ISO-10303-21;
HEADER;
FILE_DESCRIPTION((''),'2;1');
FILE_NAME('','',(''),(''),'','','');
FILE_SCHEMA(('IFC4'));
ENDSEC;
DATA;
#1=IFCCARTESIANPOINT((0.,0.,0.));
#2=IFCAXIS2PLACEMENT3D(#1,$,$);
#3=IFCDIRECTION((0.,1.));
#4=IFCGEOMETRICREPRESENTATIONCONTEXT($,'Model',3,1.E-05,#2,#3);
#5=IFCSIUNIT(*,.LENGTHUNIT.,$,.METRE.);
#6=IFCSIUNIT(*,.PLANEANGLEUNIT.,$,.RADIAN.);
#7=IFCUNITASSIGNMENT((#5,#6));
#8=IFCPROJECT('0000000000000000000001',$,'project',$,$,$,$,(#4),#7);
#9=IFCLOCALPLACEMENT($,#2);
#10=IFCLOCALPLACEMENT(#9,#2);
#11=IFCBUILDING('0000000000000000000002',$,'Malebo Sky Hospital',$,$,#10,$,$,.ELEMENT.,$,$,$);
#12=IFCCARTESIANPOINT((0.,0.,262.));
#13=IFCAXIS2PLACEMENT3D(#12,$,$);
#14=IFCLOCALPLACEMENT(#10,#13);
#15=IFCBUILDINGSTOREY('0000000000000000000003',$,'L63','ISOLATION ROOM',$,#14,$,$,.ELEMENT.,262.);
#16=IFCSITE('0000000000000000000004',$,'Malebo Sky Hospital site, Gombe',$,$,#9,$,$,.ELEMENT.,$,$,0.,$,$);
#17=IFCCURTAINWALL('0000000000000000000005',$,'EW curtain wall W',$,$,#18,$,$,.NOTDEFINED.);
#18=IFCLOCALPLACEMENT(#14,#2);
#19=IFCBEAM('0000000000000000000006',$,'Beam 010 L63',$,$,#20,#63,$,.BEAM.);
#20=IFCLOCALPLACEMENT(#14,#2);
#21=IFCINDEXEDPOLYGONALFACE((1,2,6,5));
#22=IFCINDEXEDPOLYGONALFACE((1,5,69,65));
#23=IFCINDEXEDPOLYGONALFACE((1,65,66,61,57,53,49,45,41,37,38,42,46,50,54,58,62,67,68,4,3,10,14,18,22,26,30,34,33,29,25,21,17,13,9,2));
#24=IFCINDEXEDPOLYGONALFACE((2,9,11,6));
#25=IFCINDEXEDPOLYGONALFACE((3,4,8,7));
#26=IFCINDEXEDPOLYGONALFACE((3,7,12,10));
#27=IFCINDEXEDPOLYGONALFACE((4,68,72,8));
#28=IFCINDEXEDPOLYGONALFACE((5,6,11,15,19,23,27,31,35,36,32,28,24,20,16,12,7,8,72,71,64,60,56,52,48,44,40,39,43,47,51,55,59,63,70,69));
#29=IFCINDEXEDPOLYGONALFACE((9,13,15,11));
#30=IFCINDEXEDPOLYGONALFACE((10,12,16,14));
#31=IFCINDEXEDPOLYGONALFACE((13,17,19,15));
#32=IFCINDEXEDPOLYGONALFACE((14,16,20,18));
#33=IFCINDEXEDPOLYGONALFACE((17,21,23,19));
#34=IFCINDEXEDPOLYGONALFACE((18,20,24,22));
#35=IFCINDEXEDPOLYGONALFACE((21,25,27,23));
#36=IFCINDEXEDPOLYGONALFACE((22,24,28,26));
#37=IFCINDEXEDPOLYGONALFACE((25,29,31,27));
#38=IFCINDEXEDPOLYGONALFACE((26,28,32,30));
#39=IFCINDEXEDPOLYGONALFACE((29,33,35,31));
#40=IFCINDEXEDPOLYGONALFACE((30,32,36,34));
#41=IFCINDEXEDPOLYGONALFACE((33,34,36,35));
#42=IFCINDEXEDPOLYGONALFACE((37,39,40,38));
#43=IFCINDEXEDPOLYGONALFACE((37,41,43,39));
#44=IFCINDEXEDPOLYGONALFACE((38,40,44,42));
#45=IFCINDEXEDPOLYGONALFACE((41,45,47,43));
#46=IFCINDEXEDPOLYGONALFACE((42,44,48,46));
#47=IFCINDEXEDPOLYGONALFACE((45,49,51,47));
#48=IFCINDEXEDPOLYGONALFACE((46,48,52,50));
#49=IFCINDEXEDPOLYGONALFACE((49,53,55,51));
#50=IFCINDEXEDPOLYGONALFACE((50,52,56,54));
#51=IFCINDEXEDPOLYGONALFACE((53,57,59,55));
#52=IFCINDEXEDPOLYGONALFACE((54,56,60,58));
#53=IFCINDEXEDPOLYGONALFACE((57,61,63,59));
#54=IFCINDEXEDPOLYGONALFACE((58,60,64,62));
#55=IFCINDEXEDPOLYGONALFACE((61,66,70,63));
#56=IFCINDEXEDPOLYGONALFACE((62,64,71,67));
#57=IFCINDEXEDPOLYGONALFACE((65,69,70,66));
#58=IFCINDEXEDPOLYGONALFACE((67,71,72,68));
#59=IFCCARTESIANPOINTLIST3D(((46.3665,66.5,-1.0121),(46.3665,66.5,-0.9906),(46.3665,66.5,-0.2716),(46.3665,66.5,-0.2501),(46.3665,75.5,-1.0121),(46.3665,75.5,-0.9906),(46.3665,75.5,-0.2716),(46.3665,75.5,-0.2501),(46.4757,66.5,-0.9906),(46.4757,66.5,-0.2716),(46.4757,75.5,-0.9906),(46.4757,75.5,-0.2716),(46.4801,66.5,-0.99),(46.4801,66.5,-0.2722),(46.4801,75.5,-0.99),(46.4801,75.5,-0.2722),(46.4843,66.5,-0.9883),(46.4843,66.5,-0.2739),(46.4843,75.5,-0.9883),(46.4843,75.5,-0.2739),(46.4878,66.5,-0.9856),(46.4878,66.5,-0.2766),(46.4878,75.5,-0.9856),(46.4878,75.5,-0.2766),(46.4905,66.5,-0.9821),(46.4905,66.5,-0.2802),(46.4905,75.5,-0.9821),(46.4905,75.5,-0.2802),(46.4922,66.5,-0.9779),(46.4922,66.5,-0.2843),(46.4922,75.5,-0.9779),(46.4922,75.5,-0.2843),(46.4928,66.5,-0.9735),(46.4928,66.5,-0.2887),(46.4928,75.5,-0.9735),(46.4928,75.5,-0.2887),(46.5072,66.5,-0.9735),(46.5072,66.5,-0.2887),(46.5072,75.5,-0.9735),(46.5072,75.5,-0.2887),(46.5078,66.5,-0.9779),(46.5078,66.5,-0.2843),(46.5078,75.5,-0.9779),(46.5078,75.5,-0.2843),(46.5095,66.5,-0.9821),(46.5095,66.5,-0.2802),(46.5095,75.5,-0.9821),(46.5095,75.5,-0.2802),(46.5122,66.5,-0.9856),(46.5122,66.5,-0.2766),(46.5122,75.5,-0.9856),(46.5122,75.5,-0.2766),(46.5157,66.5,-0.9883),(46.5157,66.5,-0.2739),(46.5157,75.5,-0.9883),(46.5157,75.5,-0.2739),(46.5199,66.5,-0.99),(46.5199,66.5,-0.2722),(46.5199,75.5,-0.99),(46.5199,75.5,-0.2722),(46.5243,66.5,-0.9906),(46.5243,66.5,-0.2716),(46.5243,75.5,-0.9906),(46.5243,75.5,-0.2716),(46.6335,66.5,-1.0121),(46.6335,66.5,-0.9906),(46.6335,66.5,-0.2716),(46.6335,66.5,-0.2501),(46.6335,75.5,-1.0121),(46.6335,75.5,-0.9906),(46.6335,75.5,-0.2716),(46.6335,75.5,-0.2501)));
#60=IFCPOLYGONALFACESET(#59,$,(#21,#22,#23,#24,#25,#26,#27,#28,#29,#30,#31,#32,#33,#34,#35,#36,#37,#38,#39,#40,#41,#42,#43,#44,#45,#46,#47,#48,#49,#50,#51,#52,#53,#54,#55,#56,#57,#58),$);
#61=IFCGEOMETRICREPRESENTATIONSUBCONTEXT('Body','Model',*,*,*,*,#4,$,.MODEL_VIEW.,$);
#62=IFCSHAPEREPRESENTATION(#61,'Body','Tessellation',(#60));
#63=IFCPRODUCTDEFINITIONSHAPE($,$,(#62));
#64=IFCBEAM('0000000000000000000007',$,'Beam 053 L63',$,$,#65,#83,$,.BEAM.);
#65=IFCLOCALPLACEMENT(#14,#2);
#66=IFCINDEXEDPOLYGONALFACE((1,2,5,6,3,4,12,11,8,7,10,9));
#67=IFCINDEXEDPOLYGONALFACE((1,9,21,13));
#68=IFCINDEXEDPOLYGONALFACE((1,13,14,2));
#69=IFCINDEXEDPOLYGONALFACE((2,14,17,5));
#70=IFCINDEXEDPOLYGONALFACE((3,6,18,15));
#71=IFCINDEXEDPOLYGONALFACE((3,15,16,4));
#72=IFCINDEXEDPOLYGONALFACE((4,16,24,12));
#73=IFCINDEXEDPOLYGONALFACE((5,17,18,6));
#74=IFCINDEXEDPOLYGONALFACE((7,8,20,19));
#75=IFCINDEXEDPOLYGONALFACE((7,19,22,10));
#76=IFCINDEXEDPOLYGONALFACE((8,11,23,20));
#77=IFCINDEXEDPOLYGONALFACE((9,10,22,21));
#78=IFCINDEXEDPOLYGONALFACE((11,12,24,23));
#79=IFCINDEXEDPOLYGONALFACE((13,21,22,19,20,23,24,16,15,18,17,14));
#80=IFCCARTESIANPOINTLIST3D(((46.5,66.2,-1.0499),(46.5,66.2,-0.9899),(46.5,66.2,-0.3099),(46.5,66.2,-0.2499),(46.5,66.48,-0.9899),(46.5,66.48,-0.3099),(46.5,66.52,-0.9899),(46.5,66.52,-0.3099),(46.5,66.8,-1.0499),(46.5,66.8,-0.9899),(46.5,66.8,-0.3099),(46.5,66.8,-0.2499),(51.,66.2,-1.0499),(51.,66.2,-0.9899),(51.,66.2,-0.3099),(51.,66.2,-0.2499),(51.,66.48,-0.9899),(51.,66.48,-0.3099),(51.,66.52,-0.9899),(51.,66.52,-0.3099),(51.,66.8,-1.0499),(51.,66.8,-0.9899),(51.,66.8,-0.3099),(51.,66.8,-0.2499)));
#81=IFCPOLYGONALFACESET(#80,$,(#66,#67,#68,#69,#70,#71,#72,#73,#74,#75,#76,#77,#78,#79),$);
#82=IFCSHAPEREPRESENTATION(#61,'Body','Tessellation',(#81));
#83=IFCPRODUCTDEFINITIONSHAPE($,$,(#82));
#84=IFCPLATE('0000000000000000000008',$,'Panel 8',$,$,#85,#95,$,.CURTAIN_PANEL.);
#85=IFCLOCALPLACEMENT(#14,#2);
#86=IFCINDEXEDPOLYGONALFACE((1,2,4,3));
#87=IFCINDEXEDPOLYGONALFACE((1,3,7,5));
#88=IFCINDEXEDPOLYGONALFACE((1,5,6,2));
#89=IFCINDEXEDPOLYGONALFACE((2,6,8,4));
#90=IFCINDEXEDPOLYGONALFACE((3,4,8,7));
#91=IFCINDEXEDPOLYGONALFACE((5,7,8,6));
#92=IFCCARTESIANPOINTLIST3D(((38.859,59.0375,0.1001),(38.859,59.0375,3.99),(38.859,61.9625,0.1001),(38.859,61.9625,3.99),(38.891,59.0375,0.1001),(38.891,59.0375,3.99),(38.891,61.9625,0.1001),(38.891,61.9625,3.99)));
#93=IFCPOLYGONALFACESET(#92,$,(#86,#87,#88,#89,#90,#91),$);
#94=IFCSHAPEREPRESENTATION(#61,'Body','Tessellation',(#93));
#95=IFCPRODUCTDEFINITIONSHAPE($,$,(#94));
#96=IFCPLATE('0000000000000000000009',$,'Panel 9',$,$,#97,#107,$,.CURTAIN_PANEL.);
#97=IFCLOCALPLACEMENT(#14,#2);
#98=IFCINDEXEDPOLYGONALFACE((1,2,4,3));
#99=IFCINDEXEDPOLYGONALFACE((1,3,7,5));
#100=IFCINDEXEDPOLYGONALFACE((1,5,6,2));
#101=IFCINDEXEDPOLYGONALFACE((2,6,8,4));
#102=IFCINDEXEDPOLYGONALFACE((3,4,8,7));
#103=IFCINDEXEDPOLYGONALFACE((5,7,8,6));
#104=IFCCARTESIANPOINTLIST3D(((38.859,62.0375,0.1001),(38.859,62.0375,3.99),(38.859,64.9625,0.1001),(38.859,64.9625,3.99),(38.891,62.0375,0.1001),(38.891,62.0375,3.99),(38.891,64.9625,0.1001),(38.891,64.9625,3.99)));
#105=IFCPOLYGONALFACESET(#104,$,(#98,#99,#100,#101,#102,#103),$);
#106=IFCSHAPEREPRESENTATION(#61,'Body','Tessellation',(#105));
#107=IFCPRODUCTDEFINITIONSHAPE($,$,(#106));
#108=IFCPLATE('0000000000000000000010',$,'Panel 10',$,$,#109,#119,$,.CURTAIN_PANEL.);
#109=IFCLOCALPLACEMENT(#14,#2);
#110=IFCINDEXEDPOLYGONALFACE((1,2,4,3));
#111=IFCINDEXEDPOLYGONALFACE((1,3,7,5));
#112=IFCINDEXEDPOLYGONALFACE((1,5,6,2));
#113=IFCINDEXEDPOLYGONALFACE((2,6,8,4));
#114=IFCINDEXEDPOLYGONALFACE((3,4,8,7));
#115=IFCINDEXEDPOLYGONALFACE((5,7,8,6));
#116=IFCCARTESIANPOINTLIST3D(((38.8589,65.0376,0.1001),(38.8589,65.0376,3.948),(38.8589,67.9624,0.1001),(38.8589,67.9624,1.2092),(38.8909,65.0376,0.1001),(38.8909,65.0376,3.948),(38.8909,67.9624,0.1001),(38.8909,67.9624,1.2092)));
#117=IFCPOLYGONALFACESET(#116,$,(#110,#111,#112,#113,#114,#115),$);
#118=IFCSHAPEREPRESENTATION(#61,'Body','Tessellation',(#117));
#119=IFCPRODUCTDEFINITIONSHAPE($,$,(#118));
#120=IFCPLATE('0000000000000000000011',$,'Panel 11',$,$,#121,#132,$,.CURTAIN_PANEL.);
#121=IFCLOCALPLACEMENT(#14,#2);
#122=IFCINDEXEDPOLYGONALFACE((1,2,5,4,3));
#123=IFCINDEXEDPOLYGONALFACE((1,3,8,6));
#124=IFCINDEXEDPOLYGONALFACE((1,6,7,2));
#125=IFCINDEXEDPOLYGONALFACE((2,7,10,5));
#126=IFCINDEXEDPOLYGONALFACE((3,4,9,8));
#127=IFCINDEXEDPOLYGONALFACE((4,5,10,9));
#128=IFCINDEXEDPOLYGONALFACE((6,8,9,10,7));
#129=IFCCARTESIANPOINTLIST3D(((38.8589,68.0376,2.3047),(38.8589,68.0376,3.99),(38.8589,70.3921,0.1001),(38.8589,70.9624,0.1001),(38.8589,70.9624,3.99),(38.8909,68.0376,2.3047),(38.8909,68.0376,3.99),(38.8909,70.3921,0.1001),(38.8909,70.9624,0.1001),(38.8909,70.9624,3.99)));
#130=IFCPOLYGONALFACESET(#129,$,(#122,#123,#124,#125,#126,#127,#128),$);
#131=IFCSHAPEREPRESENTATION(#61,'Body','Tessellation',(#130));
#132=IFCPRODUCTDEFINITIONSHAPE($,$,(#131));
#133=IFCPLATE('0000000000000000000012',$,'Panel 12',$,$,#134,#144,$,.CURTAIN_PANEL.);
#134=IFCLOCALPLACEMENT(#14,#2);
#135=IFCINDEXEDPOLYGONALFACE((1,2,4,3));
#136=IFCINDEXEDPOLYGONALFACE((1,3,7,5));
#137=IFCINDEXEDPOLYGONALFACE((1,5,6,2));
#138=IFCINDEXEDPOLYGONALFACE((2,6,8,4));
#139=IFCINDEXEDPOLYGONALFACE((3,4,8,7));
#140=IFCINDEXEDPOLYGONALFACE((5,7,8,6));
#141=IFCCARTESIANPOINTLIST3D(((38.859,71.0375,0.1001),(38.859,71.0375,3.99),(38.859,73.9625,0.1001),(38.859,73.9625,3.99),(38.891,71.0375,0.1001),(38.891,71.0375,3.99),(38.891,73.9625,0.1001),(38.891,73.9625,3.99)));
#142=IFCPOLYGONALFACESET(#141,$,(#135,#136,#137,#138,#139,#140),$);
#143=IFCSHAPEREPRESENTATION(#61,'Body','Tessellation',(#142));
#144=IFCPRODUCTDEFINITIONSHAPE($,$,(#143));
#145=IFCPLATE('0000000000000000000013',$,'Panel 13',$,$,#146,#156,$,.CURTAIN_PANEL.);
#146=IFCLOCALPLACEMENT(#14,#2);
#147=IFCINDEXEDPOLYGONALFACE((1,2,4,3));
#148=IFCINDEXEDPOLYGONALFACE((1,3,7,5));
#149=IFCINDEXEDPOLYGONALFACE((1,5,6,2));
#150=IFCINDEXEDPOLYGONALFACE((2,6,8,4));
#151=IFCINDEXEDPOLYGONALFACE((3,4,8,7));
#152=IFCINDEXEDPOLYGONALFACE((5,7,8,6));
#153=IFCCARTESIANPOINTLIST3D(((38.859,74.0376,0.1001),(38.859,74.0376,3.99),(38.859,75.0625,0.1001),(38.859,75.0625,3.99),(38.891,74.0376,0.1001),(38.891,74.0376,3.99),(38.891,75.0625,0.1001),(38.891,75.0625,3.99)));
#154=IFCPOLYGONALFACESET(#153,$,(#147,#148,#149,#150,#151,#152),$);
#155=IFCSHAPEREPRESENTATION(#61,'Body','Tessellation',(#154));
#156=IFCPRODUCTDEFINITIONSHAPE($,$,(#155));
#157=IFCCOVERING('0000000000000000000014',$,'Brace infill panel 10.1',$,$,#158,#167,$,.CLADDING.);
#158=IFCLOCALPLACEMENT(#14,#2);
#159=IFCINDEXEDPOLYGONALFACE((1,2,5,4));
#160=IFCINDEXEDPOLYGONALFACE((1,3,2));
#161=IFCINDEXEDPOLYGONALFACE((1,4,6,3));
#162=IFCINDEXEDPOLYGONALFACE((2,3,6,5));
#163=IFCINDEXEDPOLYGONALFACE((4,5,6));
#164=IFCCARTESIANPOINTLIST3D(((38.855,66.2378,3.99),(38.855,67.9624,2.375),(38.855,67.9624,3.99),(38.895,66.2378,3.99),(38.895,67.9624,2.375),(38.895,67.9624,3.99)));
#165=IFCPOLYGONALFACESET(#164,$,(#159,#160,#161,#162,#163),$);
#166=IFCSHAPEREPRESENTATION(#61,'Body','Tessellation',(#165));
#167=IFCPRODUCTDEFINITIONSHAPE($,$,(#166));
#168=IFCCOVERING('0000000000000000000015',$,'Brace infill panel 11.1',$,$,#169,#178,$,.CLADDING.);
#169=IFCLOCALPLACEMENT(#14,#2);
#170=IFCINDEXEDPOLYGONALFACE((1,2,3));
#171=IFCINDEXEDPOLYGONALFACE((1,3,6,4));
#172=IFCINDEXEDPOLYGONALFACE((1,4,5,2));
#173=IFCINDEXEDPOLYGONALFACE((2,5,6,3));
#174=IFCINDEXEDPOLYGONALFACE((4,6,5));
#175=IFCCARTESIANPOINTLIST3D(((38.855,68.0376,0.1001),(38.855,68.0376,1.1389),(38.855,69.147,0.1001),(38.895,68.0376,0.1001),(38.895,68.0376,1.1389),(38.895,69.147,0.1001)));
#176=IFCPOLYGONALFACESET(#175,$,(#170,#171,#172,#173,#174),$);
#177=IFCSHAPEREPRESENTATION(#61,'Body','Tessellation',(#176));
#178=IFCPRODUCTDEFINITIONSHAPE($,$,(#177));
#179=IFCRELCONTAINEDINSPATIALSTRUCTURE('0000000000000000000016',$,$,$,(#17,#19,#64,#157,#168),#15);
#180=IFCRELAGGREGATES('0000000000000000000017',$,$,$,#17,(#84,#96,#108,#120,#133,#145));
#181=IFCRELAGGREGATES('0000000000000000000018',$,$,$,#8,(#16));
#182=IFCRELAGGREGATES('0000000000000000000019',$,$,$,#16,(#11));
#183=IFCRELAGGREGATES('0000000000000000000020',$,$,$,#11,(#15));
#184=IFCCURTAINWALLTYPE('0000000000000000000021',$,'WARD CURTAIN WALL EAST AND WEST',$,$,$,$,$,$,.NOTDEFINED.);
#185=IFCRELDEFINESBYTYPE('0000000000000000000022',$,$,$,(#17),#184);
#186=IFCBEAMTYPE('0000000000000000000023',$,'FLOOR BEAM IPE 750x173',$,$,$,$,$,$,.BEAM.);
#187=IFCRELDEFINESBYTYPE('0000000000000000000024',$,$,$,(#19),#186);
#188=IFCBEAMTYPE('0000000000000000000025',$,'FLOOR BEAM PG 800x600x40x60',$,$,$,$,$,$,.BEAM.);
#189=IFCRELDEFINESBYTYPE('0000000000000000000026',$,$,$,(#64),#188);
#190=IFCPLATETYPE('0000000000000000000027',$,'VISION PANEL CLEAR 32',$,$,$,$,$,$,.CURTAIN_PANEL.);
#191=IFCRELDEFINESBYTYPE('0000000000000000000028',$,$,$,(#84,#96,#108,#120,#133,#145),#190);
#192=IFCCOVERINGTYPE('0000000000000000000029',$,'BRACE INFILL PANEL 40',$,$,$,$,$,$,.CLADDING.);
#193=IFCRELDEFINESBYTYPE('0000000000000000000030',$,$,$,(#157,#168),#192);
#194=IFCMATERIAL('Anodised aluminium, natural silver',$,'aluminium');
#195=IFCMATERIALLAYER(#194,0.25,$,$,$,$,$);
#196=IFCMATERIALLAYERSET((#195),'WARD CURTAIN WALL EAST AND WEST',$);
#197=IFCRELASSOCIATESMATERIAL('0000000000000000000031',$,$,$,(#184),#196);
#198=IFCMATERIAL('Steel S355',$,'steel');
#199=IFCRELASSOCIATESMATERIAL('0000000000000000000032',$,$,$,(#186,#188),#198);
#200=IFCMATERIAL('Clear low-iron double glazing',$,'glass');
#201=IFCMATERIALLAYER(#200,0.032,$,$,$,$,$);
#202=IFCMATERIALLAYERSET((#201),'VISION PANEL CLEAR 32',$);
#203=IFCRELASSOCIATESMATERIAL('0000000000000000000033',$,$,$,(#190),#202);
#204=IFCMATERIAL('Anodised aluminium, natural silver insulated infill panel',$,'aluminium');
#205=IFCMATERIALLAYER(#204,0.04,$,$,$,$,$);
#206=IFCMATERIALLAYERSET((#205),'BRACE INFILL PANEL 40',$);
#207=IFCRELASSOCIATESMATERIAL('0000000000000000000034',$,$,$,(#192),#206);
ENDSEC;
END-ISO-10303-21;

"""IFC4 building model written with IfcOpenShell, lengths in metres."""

from ifc_helpers import new_model, si_unit, direction, frame, origin, origin_2d, place, context, subcontext, project, spatial, polyline, rectangle, i_section, outline, extrude, material, layer, layer_set, material_profile, profile_set, type_object, element, aggregate, save


model = new_model("IFC4")

# Units and contexts
model_context = context("Model", 3, precision=1e-05, world=origin(), true_north=direction((0.0, 1.0)))
body_context = subcontext(model_context, "Body", "Model", "MODEL_VIEW")
ifc_project = project(units=[si_unit("LENGTHUNIT", "METRE"), si_unit("PLANEANGLEUNIT", "RADIAN")], contexts=[model_context])

# Site, building, storey
site_placement = place(None, origin())
site = spatial("IfcSite", under=ifc_project, at=site_placement, Name="Malebo Sky Hospital site, Gombe", CompositionType="ELEMENT", RefElevation=0.0)
building_placement = place(site_placement, origin())
building = spatial("IfcBuilding", under=site, at=building_placement, Name="Malebo Sky Hospital", CompositionType="ELEMENT")
storey_placement = place(building_placement, frame((0.0, 0.0, 262.0)))
storey = spatial("IfcBuildingStorey", under=building, at=storey_placement, Name="L63", Description="ISOLATION ROOM", CompositionType="ELEMENT", Elevation=262.0)

# Curtain wall
ifc_material_1 = material(Name="Anodised aluminium, natural silver", Category="aluminium")
ifc_layer_1 = layer(ifc_material_1, 0.25)
ifc_layer_set_1 = layer_set([ifc_layer_1], Name="WARD CURTAIN WALL EAST AND WEST")
curtain_wall_type = type_object("IfcCurtainWallType", Name="WARD CURTAIN WALL EAST AND WEST", PredefinedType="NOTDEFINED", material=ifc_layer_set_1)
curtain_wall_placement = place(storey_placement, origin())
curtain_wall = element("IfcCurtainWall", 1, at=curtain_wall_placement, inside=storey, type_object=curtain_wall_type, Name="EW curtain wall W", PredefinedType="NOTDEFINED")

# Shared definitions
ifc_material_2 = material(Name="Steel S355", Category="steel")

# Beams
ifc_material_profile_1 = material_profile(ifc_material_2, i_section(OverallWidth=0.2671, OverallDepth=0.762, WebThickness=0.0144, FlangeThickness=0.0215, FilletRadius=0.0171, at=origin_2d()), Name="IPE 750x173")
ifc_profile_set_1 = profile_set([ifc_material_profile_1], Name="Steel S355")
beam_type_1 = type_object("IfcBeamType", Name="FLOOR BEAM IPE 750x173", PredefinedType="BEAM", material=ifc_profile_set_1)
beam_1_placement = place(storey_placement, frame((46.5, 66.5, -0.6311), z_axis=(0.0, 1.0, 0.0), x_axis=(-1.0, 0.0, 0.0)))
element("IfcBeam", 2, at=beam_1_placement, inside=storey, type_object=beam_type_1, Name="Beam 010 L63", PredefinedType="BEAM", context=body_context, shape_type="SweptSolid", body=[
    extrude(i_section(OverallWidth=0.2671, OverallDepth=0.762, WebThickness=0.0144, FlangeThickness=0.0215, FilletRadius=0.0171, at=origin_2d()), origin(), (0.0, 0.0, 1.0), 9.0),
])
ifc_material_profile_2 = material_profile(ifc_material_2, i_section(OverallWidth=0.6001, OverallDepth=0.8, WebThickness=0.04, FlangeThickness=0.0601, at=origin_2d()), Name="PG 800x600x40x60")
ifc_profile_set_2 = profile_set([ifc_material_profile_2], Name="Steel S355")
beam_type_2 = type_object("IfcBeamType", Name="FLOOR BEAM PG 800x600x40x60", PredefinedType="BEAM", material=ifc_profile_set_2)
beam_2_placement = place(storey_placement, frame((46.5, 66.5, -0.6499), z_axis=(1.0, 0.0, 0.0), x_axis=(0.0, 1.0, 0.0)))
element("IfcBeam", 3, at=beam_2_placement, inside=storey, type_object=beam_type_2, Name="Beam 053 L63", PredefinedType="BEAM", context=body_context, shape_type="SweptSolid", body=[
    extrude(i_section(OverallWidth=0.6001, OverallDepth=0.8, WebThickness=0.04, FlangeThickness=0.0601, at=origin_2d()), origin(), (0.0, 0.0, 1.0), 4.5),
])

# Plates
ifc_material_3 = material(Name="Clear low-iron double glazing", Category="glass")
ifc_layer_2 = layer(ifc_material_3, 0.032)
ifc_layer_set_2 = layer_set([ifc_layer_2], Name="VISION PANEL CLEAR 32")
plate_type = type_object("IfcPlateType", Name="VISION PANEL CLEAR 32", PredefinedType="CURTAIN_PANEL", material=ifc_layer_set_2)
plate_1_placement = place(storey_placement, frame((38.875, 60.5, 0.1001), z_axis=(0.0, 0.0, 1.0), x_axis=(0.0, 1.0, 0.0)))
plate_1 = element("IfcPlate", 4, at=plate_1_placement, type_object=plate_type, Name="Panel 8", PredefinedType="CURTAIN_PANEL", context=body_context, shape_type="SweptSolid", body=[
    extrude(rectangle(XDim=2.925, YDim=0.032, at=origin_2d()), origin(), (0.0, 0.0, 1.0), 3.8899),
])
plate_2_placement = place(storey_placement, frame((38.875, 63.5, 0.1001), z_axis=(0.0, 0.0, 1.0), x_axis=(0.0, 1.0, 0.0)))
plate_2 = element("IfcPlate", 5, at=plate_2_placement, type_object=plate_type, Name="Panel 9", PredefinedType="CURTAIN_PANEL", context=body_context, shape_type="SweptSolid", body=[
    extrude(rectangle(XDim=2.925, YDim=0.032, at=origin_2d()), origin(), (0.0, 0.0, 1.0), 3.8899),
])
plate_3_placement = place(storey_placement, frame((38.875, 66.5, 0.1001), z_axis=(0.0, 0.0, 1.0), x_axis=(0.0, 1.0, 0.0)))
plate_3 = element("IfcPlate", 6, at=plate_3_placement, type_object=plate_type, Name="Panel 10", PredefinedType="CURTAIN_PANEL", context=body_context, shape_type="SweptSolid", body=[
    extrude(outline(polyline([(-1.4624, 0.0), (1.4624, 0.0), (1.4624, 1.1091), (-1.4624, 3.8479), (-1.4624, 0.0)])), frame((0.0, 0.0161, 0.0), z_axis=(0.0, -1.0, 0.0), x_axis=(1.0, 0.0, 0.0)), (0.0, 0.0, 1.0), 0.032),
])
plate_4_placement = place(storey_placement, frame((38.875, 69.5, 0.1001), z_axis=(0.0, 0.0, 1.0), x_axis=(0.0, 1.0, 0.0)))
plate_4 = element("IfcPlate", 7, at=plate_4_placement, type_object=plate_type, Name="Panel 11", PredefinedType="CURTAIN_PANEL", context=body_context, shape_type="SweptSolid", body=[
    extrude(outline(polyline([(0.8921, 0.0), (1.4624, 0.0), (1.4624, 3.8899), (-1.4624, 3.8899), (-1.4624, 2.2046), (0.8921, 0.0)])), frame((0.0, 0.0161, 0.0), z_axis=(0.0, -1.0, 0.0), x_axis=(1.0, 0.0, 0.0)), (0.0, 0.0, 1.0), 0.032),
])
plate_5_placement = place(storey_placement, frame((38.875, 72.5, 0.1001), z_axis=(0.0, 0.0, 1.0), x_axis=(0.0, 1.0, 0.0)))
plate_5 = element("IfcPlate", 8, at=plate_5_placement, type_object=plate_type, Name="Panel 12", PredefinedType="CURTAIN_PANEL", context=body_context, shape_type="SweptSolid", body=[
    extrude(rectangle(XDim=2.925, YDim=0.032, at=origin_2d()), origin(), (0.0, 0.0, 1.0), 3.8899),
])
plate_6_placement = place(storey_placement, frame((38.875, 74.55, 0.1001), z_axis=(0.0, 0.0, 1.0), x_axis=(0.0, 1.0, 0.0)))
plate_6 = element("IfcPlate", 9, at=plate_6_placement, type_object=plate_type, Name="Panel 13", PredefinedType="CURTAIN_PANEL", context=body_context, shape_type="SweptSolid", body=[
    extrude(rectangle(XDim=1.0249, YDim=0.032, at=origin_2d()), origin(), (0.0, 0.0, 1.0), 3.8899),
])
aggregate(curtain_wall, [plate_1, plate_2, plate_3, plate_4, plate_5, plate_6])

# Coverings
ifc_material_4 = material(Name="Anodised aluminium, natural silver insulated infill panel", Category="aluminium")
ifc_layer_3 = layer(ifc_material_4, 0.04)
ifc_layer_set_3 = layer_set([ifc_layer_3], Name="BRACE INFILL PANEL 40")
covering_type = type_object("IfcCoveringType", Name="BRACE INFILL PANEL 40", PredefinedType="CLADDING", material=ifc_layer_set_3)
covering_1_placement = place(storey_placement, frame((38.875, 67.1001, 2.375), z_axis=(0.0, 0.0, 1.0), x_axis=(0.0, 1.0, 0.0)))
element("IfcCovering", 10, at=covering_1_placement, inside=storey, type_object=covering_type, Name="Brace infill panel 10.1", PredefinedType="CLADDING", context=body_context, shape_type="SweptSolid", body=[
    extrude(outline(polyline([(0.8623, 0.0), (0.8623, 1.615), (-0.8623, 1.615), (0.8623, 0.0)])), frame((0.0, 0.02, 0.0), z_axis=(0.0, -1.0, 0.0), x_axis=(1.0, 0.0, 0.0)), (0.0, 0.0, 1.0), 0.04),
])
covering_2_placement = place(storey_placement, frame((38.875, 68.5923, 0.1001), z_axis=(0.0, 0.0, 1.0), x_axis=(0.0, 1.0, 0.0)))
element("IfcCovering", 11, at=covering_2_placement, inside=storey, type_object=covering_type, Name="Brace infill panel 11.1", PredefinedType="CLADDING", context=body_context, shape_type="SweptSolid", body=[
    extrude(outline(polyline([(-0.5547, 0.0), (0.5547, 0.0), (-0.5547, 1.0388), (-0.5547, 0.0)])), frame((0.0, 0.02, 0.0), z_axis=(0.0, -1.0, 0.0), x_axis=(1.0, 0.0, 0.0)), (0.0, 0.0, 1.0), 0.04),
])

save(model, "model.ifc")
